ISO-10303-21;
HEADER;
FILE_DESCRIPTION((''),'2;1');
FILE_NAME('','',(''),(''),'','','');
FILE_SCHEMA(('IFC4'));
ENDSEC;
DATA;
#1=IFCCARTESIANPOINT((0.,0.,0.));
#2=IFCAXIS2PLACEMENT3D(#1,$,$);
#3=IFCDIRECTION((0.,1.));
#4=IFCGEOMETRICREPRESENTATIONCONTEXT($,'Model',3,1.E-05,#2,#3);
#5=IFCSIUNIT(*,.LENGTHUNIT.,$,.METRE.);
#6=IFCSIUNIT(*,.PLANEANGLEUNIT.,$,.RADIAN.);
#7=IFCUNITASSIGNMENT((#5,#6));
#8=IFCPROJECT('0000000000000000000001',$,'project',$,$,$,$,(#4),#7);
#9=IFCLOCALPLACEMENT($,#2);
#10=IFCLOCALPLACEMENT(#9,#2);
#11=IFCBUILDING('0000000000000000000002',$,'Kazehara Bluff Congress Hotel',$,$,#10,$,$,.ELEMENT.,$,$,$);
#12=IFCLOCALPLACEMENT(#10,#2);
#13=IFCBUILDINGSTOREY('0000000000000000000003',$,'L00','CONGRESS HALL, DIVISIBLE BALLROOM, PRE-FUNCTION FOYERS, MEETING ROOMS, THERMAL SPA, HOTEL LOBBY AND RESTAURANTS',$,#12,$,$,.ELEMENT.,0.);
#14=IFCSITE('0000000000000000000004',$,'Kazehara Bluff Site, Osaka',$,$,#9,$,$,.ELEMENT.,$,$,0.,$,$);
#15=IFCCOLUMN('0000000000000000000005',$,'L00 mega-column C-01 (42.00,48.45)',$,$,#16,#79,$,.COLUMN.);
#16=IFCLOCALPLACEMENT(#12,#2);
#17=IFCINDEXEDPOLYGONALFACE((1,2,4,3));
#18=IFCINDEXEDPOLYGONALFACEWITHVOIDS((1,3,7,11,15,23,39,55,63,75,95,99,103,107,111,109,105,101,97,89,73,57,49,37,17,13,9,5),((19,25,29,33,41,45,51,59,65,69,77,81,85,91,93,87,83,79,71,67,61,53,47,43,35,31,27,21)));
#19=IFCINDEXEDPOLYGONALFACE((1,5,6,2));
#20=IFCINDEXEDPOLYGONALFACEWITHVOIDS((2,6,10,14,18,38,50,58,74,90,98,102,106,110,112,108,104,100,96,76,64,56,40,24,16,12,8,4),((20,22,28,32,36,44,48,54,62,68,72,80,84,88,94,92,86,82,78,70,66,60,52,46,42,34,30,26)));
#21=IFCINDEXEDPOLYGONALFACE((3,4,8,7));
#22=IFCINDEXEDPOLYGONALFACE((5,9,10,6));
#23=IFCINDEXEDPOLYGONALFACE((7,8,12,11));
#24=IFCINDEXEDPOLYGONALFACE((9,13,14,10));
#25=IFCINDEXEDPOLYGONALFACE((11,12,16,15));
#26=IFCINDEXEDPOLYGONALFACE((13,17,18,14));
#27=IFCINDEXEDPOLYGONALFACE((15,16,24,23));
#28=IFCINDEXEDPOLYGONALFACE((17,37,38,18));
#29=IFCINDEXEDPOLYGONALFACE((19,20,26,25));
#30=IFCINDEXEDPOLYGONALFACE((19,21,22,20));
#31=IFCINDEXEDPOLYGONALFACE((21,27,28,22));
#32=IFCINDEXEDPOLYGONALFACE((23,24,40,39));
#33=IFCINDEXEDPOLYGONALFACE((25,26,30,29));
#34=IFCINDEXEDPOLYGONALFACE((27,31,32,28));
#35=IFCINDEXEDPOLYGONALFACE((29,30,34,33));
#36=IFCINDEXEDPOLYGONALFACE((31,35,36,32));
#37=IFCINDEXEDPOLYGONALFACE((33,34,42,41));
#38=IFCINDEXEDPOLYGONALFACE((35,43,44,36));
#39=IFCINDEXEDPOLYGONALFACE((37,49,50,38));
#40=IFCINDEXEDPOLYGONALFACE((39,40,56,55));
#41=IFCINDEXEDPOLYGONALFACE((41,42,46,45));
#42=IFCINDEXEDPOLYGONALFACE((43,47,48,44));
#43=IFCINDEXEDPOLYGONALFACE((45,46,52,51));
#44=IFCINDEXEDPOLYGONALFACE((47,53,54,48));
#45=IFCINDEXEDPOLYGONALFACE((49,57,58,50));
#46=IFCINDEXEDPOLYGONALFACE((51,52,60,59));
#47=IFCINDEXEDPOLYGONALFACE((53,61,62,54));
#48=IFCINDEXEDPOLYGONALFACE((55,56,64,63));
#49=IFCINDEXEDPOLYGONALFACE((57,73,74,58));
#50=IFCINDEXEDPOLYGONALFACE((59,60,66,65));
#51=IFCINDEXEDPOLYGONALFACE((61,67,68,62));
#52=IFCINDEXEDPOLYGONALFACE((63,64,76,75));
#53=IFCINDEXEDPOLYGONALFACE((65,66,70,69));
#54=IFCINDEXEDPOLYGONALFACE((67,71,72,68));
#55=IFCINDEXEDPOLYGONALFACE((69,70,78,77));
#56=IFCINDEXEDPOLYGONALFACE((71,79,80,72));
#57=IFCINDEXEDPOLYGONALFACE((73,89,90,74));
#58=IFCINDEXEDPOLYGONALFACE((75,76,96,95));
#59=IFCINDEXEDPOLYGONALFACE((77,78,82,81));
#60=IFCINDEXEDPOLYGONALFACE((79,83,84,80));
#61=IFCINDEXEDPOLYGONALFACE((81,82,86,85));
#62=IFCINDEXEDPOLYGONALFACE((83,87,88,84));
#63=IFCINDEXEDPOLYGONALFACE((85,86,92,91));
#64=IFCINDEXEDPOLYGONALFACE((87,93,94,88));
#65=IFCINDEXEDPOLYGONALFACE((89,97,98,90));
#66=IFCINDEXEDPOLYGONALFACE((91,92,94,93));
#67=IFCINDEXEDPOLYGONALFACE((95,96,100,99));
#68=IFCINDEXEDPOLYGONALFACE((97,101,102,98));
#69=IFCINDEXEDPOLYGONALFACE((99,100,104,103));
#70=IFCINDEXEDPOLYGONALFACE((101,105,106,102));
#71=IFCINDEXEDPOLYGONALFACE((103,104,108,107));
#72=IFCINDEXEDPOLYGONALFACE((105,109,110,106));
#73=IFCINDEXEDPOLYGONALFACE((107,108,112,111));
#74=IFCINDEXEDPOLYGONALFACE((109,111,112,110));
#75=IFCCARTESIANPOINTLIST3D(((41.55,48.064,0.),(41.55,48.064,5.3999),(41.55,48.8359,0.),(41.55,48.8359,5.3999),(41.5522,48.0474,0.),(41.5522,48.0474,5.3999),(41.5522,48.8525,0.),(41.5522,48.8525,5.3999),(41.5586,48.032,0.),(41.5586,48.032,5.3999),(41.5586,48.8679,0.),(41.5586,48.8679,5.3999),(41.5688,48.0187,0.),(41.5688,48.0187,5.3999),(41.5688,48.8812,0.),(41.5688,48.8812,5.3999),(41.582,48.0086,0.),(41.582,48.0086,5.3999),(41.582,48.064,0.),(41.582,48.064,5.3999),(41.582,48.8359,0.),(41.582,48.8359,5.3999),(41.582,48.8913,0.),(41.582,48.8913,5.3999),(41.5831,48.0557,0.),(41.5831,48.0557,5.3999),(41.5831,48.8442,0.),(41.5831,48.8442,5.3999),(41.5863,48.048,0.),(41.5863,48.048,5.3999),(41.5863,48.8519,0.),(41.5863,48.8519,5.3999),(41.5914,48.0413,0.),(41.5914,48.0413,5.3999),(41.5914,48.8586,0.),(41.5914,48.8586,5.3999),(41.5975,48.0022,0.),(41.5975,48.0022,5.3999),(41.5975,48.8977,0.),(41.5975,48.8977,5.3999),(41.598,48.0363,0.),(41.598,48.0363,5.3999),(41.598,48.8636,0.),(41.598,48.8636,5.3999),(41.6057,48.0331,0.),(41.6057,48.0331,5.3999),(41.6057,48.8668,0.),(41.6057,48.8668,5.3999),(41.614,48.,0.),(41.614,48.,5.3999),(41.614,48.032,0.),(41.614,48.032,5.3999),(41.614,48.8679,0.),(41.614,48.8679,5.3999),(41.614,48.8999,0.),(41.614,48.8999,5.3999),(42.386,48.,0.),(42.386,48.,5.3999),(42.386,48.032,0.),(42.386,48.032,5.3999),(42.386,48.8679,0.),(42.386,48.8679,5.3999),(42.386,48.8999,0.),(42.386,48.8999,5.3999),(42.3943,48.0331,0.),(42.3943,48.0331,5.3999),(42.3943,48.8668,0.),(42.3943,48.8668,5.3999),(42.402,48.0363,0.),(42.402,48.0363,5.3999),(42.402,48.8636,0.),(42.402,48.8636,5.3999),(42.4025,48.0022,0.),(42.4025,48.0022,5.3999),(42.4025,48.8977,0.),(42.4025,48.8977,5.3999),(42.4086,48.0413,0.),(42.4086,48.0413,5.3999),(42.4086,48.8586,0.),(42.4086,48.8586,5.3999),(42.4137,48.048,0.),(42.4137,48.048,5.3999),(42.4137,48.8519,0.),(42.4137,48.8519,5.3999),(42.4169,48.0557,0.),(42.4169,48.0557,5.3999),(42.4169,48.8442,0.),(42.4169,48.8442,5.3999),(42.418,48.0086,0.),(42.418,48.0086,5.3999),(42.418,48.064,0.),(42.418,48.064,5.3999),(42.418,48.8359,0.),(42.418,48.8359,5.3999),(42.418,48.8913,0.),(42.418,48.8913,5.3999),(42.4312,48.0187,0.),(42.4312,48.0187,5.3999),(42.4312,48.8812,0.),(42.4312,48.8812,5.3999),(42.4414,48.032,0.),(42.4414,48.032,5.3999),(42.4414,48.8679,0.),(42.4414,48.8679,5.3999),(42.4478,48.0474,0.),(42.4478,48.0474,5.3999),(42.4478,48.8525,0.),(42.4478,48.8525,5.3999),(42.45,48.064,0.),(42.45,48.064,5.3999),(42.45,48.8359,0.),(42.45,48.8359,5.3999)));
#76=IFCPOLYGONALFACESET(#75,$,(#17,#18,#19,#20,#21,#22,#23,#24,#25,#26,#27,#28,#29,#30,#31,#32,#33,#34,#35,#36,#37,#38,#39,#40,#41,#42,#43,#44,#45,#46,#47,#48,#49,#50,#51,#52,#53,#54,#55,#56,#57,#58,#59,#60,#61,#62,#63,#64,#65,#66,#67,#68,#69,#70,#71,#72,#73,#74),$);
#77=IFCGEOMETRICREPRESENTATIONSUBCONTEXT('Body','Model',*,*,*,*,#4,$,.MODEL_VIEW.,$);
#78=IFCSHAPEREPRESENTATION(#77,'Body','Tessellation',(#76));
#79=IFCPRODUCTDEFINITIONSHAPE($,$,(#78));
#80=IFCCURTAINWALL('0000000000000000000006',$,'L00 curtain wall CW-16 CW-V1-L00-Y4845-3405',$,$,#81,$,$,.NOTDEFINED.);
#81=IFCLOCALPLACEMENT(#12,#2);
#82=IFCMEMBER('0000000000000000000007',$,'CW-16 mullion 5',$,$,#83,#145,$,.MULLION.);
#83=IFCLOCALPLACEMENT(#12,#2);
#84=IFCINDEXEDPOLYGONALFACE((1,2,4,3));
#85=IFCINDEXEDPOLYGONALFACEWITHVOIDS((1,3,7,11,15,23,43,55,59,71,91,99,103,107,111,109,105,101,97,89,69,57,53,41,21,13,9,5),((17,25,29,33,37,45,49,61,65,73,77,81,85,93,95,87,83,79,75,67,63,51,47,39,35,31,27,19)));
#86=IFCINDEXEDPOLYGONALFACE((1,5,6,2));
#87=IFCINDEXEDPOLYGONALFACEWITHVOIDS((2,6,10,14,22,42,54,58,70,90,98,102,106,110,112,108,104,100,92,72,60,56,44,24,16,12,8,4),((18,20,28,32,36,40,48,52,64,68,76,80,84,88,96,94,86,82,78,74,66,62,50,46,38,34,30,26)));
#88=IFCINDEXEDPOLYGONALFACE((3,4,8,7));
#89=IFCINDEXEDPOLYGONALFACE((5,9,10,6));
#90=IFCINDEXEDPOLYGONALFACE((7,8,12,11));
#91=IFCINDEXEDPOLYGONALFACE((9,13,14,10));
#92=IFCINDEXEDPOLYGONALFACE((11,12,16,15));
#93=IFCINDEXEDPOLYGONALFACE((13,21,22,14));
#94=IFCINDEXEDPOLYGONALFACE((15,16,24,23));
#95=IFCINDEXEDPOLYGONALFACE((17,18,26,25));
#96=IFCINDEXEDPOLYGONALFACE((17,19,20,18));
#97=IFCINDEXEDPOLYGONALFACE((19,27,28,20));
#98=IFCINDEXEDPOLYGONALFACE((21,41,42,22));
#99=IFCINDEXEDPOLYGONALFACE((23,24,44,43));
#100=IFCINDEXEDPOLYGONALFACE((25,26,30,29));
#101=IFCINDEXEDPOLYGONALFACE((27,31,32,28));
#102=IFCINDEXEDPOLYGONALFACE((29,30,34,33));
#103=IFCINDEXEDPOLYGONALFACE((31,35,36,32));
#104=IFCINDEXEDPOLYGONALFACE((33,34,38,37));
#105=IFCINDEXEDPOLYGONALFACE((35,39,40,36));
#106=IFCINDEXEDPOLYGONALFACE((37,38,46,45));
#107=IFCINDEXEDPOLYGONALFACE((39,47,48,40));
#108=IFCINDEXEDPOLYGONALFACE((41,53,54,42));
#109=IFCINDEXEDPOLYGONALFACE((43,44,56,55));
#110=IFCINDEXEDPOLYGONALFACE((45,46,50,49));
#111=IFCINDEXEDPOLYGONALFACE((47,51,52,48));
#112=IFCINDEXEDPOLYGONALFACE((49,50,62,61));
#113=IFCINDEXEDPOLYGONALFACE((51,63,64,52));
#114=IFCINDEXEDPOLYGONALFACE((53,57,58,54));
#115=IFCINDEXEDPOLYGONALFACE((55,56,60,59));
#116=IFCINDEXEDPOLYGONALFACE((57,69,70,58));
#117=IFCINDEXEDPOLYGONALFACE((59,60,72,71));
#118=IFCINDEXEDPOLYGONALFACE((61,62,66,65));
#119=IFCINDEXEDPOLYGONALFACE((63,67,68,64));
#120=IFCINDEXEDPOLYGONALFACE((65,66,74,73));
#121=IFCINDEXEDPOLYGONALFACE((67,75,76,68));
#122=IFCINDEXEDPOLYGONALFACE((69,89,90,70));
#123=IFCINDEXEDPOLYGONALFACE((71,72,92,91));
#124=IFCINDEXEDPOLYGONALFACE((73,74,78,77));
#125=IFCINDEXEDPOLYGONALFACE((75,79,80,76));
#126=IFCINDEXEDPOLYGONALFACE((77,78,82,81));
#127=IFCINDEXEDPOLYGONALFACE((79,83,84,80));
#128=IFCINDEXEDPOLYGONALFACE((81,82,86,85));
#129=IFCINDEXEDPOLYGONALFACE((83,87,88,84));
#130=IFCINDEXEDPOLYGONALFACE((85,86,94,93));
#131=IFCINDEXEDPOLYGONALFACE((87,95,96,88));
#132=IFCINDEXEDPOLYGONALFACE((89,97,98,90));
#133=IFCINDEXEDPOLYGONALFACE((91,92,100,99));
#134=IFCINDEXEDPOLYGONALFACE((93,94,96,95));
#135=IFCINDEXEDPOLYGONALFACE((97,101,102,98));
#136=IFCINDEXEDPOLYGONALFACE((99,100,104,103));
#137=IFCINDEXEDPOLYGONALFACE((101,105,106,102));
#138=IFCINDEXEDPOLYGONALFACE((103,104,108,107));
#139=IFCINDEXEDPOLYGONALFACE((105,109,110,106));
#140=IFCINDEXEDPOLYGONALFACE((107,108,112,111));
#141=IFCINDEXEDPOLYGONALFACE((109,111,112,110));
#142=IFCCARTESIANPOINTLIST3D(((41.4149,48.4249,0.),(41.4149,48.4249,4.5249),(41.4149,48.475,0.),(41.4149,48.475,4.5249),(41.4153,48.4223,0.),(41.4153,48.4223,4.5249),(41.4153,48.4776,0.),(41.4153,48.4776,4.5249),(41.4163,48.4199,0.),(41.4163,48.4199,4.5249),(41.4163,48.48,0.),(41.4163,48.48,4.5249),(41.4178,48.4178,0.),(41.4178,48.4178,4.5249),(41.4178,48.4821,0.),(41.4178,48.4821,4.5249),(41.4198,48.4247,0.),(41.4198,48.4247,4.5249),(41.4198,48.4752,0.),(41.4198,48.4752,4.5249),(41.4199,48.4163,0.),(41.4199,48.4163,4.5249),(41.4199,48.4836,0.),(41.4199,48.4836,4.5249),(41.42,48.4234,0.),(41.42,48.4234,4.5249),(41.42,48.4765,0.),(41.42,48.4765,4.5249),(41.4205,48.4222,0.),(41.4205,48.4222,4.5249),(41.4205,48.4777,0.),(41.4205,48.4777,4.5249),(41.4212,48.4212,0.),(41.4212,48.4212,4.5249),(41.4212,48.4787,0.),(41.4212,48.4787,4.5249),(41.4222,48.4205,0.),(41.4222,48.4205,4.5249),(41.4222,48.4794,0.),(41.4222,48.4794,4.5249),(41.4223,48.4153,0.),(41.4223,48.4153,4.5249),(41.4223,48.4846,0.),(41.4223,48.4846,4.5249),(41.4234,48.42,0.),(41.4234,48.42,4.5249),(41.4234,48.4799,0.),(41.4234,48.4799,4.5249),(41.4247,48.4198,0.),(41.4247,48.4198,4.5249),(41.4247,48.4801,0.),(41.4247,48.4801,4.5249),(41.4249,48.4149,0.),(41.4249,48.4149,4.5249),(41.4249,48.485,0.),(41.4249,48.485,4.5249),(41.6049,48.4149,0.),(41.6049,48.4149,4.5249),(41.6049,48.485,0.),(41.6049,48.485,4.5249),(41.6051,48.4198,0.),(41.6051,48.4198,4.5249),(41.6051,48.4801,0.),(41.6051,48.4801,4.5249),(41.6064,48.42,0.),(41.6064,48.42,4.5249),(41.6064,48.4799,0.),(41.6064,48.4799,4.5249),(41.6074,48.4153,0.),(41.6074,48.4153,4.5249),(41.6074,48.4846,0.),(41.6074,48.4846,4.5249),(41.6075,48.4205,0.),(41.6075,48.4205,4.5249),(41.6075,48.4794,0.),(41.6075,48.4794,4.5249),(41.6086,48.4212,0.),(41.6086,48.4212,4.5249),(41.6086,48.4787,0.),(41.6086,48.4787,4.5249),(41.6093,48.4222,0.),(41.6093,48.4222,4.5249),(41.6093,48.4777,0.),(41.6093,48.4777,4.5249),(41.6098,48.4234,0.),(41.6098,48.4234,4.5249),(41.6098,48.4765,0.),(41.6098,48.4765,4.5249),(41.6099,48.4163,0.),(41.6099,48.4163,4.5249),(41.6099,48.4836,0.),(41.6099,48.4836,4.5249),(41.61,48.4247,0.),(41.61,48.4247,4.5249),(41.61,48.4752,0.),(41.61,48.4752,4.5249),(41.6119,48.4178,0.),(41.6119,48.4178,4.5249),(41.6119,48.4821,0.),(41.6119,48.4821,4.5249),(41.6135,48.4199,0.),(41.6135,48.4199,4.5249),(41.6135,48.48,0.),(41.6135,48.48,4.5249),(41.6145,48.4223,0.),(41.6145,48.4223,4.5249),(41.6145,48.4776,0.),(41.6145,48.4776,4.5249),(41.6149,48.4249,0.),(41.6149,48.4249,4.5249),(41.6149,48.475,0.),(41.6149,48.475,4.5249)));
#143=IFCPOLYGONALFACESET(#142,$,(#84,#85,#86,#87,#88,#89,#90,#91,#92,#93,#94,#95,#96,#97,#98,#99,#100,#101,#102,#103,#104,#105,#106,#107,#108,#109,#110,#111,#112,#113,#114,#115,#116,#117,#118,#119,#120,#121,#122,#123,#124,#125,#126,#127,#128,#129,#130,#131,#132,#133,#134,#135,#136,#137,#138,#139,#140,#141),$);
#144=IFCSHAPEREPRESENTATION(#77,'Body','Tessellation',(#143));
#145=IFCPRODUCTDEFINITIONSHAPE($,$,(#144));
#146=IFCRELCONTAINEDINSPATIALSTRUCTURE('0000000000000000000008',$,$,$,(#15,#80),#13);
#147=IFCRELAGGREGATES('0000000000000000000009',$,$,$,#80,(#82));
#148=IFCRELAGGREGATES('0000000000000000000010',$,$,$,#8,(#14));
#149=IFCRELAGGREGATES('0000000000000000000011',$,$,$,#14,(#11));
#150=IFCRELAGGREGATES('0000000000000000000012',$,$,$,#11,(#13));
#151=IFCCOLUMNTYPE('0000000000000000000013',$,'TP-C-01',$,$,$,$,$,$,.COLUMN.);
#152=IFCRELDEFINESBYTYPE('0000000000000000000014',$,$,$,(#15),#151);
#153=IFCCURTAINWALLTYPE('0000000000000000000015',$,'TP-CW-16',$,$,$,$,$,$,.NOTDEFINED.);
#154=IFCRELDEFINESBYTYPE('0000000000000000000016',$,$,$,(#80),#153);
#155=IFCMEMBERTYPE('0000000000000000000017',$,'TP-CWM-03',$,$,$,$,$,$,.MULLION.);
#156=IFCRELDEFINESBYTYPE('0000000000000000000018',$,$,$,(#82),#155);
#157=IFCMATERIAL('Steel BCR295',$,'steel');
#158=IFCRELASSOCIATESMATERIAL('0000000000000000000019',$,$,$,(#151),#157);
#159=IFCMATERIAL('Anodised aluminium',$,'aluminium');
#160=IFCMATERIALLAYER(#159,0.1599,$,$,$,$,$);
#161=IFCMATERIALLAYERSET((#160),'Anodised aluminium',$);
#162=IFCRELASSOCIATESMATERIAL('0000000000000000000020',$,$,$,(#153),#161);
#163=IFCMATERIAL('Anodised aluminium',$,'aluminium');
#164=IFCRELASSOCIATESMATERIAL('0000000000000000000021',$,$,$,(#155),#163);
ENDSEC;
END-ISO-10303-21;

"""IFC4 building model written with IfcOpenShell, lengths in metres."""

from ifc_helpers import new_model, si_unit, direction, frame, origin, origin_2d, place, context, subcontext, project, spatial, hollow_rectangle, extrude, material, layer, layer_set, material_profile, profile_set, type_object, element, aggregate, save


model = new_model("IFC4")

# Units and contexts
model_context = context("Model", 3, precision=1e-05, world=origin(), true_north=direction((0.0, 1.0)))
body_context = subcontext(model_context, "Body", "Model", "MODEL_VIEW")
ifc_project = project(units=[si_unit("LENGTHUNIT", "METRE"), si_unit("PLANEANGLEUNIT", "RADIAN")], contexts=[model_context])

# Site, building, storey
site_placement = place(None, origin())
site = spatial("IfcSite", under=ifc_project, at=site_placement, Name="Kazehara Bluff Site, Osaka", CompositionType="ELEMENT", RefElevation=0.0)
building_placement = place(site_placement, origin())
building = spatial("IfcBuilding", under=site, at=building_placement, Name="Kazehara Bluff Congress Hotel", CompositionType="ELEMENT")
storey_placement = place(building_placement, origin())
storey = spatial("IfcBuildingStorey", under=building, at=storey_placement, Name="L00", Description="CONGRESS HALL, DIVISIBLE BALLROOM, PRE-FUNCTION FOYERS, MEETING ROOMS, THERMAL SPA, HOTEL LOBBY AND RESTAURANTS", CompositionType="ELEMENT", Elevation=0.0)

# Column
ifc_material_1 = material(Name="Steel BCR295", Category="steel")
ifc_material_profile_1 = material_profile(ifc_material_1, hollow_rectangle(XDim=0.8999, YDim=0.8999, WallThickness=0.032, InnerFilletRadius=0.032, OuterFilletRadius=0.064, at=origin_2d()))
ifc_profile_set_1 = profile_set([ifc_material_profile_1], Name="Steel BCR295")
column_type = type_object("IfcColumnType", Name="TP-C-01", PredefinedType="COLUMN", material=ifc_profile_set_1)
column_placement = place(storey_placement, frame((42.0, 48.45, 0.0), z_axis=(0.0, 0.0, 1.0), x_axis=(1.0, 0.0, 0.0)))
element("IfcColumn", 1, at=column_placement, inside=storey, type_object=column_type, Name="L00 mega-column C-01 (42.00,48.45)", PredefinedType="COLUMN", context=body_context, shape_type="SweptSolid", body=[
    extrude(hollow_rectangle(XDim=0.8999, YDim=0.8999, WallThickness=0.032, InnerFilletRadius=0.032, OuterFilletRadius=0.064, at=origin_2d()), origin(), (0.0, 0.0, 1.0), 5.3999),
])

# Curtain wall, member
ifc_material_2 = material(Name="Anodised aluminium", Category="aluminium")
ifc_layer_1 = layer(ifc_material_2, 0.1599)
ifc_layer_set_1 = layer_set([ifc_layer_1], Name="Anodised aluminium")
curtain_wall_type = type_object("IfcCurtainWallType", Name="TP-CW-16", PredefinedType="NOTDEFINED", material=ifc_layer_set_1)
curtain_wall_1_placement = place(storey_placement, origin())
curtain_wall_1 = element("IfcCurtainWall", 2, at=curtain_wall_1_placement, inside=storey, type_object=curtain_wall_type, Name="L00 curtain wall CW-16 CW-V1-L00-Y4845-3405", PredefinedType="NOTDEFINED")
ifc_material_3 = material(Name="Anodised aluminium", Category="aluminium")
ifc_material_profile_2 = material_profile(ifc_material_3, hollow_rectangle(XDim=0.0701, YDim=0.2, WallThickness=0.0049, InnerFilletRadius=0.0049, OuterFilletRadius=0.01, at=origin_2d()))
ifc_profile_set_2 = profile_set([ifc_material_profile_2], Name="Anodised aluminium")
member_type_1 = type_object("IfcMemberType", Name="TP-CWM-03", PredefinedType="MULLION", material=ifc_profile_set_2)
member_1_placement = place(storey_placement, frame((41.5149, 48.45, 0.0), z_axis=(0.0, 0.0, 1.0), x_axis=(0.0, 1.0, 0.0)))
member_1 = element("IfcMember", 3, at=member_1_placement, type_object=member_type_1, Name="CW-16 mullion 5", PredefinedType="MULLION", context=body_context, shape_type="SweptSolid", body=[
    extrude(hollow_rectangle(XDim=0.0701, YDim=0.2, WallThickness=0.0049, InnerFilletRadius=0.0049, OuterFilletRadius=0.01, at=origin_2d()), origin(), (0.0, 0.0, 1.0), 4.5249),
])

aggregate(curtain_wall_1, [member_1])

save(model, "model.ifc")
